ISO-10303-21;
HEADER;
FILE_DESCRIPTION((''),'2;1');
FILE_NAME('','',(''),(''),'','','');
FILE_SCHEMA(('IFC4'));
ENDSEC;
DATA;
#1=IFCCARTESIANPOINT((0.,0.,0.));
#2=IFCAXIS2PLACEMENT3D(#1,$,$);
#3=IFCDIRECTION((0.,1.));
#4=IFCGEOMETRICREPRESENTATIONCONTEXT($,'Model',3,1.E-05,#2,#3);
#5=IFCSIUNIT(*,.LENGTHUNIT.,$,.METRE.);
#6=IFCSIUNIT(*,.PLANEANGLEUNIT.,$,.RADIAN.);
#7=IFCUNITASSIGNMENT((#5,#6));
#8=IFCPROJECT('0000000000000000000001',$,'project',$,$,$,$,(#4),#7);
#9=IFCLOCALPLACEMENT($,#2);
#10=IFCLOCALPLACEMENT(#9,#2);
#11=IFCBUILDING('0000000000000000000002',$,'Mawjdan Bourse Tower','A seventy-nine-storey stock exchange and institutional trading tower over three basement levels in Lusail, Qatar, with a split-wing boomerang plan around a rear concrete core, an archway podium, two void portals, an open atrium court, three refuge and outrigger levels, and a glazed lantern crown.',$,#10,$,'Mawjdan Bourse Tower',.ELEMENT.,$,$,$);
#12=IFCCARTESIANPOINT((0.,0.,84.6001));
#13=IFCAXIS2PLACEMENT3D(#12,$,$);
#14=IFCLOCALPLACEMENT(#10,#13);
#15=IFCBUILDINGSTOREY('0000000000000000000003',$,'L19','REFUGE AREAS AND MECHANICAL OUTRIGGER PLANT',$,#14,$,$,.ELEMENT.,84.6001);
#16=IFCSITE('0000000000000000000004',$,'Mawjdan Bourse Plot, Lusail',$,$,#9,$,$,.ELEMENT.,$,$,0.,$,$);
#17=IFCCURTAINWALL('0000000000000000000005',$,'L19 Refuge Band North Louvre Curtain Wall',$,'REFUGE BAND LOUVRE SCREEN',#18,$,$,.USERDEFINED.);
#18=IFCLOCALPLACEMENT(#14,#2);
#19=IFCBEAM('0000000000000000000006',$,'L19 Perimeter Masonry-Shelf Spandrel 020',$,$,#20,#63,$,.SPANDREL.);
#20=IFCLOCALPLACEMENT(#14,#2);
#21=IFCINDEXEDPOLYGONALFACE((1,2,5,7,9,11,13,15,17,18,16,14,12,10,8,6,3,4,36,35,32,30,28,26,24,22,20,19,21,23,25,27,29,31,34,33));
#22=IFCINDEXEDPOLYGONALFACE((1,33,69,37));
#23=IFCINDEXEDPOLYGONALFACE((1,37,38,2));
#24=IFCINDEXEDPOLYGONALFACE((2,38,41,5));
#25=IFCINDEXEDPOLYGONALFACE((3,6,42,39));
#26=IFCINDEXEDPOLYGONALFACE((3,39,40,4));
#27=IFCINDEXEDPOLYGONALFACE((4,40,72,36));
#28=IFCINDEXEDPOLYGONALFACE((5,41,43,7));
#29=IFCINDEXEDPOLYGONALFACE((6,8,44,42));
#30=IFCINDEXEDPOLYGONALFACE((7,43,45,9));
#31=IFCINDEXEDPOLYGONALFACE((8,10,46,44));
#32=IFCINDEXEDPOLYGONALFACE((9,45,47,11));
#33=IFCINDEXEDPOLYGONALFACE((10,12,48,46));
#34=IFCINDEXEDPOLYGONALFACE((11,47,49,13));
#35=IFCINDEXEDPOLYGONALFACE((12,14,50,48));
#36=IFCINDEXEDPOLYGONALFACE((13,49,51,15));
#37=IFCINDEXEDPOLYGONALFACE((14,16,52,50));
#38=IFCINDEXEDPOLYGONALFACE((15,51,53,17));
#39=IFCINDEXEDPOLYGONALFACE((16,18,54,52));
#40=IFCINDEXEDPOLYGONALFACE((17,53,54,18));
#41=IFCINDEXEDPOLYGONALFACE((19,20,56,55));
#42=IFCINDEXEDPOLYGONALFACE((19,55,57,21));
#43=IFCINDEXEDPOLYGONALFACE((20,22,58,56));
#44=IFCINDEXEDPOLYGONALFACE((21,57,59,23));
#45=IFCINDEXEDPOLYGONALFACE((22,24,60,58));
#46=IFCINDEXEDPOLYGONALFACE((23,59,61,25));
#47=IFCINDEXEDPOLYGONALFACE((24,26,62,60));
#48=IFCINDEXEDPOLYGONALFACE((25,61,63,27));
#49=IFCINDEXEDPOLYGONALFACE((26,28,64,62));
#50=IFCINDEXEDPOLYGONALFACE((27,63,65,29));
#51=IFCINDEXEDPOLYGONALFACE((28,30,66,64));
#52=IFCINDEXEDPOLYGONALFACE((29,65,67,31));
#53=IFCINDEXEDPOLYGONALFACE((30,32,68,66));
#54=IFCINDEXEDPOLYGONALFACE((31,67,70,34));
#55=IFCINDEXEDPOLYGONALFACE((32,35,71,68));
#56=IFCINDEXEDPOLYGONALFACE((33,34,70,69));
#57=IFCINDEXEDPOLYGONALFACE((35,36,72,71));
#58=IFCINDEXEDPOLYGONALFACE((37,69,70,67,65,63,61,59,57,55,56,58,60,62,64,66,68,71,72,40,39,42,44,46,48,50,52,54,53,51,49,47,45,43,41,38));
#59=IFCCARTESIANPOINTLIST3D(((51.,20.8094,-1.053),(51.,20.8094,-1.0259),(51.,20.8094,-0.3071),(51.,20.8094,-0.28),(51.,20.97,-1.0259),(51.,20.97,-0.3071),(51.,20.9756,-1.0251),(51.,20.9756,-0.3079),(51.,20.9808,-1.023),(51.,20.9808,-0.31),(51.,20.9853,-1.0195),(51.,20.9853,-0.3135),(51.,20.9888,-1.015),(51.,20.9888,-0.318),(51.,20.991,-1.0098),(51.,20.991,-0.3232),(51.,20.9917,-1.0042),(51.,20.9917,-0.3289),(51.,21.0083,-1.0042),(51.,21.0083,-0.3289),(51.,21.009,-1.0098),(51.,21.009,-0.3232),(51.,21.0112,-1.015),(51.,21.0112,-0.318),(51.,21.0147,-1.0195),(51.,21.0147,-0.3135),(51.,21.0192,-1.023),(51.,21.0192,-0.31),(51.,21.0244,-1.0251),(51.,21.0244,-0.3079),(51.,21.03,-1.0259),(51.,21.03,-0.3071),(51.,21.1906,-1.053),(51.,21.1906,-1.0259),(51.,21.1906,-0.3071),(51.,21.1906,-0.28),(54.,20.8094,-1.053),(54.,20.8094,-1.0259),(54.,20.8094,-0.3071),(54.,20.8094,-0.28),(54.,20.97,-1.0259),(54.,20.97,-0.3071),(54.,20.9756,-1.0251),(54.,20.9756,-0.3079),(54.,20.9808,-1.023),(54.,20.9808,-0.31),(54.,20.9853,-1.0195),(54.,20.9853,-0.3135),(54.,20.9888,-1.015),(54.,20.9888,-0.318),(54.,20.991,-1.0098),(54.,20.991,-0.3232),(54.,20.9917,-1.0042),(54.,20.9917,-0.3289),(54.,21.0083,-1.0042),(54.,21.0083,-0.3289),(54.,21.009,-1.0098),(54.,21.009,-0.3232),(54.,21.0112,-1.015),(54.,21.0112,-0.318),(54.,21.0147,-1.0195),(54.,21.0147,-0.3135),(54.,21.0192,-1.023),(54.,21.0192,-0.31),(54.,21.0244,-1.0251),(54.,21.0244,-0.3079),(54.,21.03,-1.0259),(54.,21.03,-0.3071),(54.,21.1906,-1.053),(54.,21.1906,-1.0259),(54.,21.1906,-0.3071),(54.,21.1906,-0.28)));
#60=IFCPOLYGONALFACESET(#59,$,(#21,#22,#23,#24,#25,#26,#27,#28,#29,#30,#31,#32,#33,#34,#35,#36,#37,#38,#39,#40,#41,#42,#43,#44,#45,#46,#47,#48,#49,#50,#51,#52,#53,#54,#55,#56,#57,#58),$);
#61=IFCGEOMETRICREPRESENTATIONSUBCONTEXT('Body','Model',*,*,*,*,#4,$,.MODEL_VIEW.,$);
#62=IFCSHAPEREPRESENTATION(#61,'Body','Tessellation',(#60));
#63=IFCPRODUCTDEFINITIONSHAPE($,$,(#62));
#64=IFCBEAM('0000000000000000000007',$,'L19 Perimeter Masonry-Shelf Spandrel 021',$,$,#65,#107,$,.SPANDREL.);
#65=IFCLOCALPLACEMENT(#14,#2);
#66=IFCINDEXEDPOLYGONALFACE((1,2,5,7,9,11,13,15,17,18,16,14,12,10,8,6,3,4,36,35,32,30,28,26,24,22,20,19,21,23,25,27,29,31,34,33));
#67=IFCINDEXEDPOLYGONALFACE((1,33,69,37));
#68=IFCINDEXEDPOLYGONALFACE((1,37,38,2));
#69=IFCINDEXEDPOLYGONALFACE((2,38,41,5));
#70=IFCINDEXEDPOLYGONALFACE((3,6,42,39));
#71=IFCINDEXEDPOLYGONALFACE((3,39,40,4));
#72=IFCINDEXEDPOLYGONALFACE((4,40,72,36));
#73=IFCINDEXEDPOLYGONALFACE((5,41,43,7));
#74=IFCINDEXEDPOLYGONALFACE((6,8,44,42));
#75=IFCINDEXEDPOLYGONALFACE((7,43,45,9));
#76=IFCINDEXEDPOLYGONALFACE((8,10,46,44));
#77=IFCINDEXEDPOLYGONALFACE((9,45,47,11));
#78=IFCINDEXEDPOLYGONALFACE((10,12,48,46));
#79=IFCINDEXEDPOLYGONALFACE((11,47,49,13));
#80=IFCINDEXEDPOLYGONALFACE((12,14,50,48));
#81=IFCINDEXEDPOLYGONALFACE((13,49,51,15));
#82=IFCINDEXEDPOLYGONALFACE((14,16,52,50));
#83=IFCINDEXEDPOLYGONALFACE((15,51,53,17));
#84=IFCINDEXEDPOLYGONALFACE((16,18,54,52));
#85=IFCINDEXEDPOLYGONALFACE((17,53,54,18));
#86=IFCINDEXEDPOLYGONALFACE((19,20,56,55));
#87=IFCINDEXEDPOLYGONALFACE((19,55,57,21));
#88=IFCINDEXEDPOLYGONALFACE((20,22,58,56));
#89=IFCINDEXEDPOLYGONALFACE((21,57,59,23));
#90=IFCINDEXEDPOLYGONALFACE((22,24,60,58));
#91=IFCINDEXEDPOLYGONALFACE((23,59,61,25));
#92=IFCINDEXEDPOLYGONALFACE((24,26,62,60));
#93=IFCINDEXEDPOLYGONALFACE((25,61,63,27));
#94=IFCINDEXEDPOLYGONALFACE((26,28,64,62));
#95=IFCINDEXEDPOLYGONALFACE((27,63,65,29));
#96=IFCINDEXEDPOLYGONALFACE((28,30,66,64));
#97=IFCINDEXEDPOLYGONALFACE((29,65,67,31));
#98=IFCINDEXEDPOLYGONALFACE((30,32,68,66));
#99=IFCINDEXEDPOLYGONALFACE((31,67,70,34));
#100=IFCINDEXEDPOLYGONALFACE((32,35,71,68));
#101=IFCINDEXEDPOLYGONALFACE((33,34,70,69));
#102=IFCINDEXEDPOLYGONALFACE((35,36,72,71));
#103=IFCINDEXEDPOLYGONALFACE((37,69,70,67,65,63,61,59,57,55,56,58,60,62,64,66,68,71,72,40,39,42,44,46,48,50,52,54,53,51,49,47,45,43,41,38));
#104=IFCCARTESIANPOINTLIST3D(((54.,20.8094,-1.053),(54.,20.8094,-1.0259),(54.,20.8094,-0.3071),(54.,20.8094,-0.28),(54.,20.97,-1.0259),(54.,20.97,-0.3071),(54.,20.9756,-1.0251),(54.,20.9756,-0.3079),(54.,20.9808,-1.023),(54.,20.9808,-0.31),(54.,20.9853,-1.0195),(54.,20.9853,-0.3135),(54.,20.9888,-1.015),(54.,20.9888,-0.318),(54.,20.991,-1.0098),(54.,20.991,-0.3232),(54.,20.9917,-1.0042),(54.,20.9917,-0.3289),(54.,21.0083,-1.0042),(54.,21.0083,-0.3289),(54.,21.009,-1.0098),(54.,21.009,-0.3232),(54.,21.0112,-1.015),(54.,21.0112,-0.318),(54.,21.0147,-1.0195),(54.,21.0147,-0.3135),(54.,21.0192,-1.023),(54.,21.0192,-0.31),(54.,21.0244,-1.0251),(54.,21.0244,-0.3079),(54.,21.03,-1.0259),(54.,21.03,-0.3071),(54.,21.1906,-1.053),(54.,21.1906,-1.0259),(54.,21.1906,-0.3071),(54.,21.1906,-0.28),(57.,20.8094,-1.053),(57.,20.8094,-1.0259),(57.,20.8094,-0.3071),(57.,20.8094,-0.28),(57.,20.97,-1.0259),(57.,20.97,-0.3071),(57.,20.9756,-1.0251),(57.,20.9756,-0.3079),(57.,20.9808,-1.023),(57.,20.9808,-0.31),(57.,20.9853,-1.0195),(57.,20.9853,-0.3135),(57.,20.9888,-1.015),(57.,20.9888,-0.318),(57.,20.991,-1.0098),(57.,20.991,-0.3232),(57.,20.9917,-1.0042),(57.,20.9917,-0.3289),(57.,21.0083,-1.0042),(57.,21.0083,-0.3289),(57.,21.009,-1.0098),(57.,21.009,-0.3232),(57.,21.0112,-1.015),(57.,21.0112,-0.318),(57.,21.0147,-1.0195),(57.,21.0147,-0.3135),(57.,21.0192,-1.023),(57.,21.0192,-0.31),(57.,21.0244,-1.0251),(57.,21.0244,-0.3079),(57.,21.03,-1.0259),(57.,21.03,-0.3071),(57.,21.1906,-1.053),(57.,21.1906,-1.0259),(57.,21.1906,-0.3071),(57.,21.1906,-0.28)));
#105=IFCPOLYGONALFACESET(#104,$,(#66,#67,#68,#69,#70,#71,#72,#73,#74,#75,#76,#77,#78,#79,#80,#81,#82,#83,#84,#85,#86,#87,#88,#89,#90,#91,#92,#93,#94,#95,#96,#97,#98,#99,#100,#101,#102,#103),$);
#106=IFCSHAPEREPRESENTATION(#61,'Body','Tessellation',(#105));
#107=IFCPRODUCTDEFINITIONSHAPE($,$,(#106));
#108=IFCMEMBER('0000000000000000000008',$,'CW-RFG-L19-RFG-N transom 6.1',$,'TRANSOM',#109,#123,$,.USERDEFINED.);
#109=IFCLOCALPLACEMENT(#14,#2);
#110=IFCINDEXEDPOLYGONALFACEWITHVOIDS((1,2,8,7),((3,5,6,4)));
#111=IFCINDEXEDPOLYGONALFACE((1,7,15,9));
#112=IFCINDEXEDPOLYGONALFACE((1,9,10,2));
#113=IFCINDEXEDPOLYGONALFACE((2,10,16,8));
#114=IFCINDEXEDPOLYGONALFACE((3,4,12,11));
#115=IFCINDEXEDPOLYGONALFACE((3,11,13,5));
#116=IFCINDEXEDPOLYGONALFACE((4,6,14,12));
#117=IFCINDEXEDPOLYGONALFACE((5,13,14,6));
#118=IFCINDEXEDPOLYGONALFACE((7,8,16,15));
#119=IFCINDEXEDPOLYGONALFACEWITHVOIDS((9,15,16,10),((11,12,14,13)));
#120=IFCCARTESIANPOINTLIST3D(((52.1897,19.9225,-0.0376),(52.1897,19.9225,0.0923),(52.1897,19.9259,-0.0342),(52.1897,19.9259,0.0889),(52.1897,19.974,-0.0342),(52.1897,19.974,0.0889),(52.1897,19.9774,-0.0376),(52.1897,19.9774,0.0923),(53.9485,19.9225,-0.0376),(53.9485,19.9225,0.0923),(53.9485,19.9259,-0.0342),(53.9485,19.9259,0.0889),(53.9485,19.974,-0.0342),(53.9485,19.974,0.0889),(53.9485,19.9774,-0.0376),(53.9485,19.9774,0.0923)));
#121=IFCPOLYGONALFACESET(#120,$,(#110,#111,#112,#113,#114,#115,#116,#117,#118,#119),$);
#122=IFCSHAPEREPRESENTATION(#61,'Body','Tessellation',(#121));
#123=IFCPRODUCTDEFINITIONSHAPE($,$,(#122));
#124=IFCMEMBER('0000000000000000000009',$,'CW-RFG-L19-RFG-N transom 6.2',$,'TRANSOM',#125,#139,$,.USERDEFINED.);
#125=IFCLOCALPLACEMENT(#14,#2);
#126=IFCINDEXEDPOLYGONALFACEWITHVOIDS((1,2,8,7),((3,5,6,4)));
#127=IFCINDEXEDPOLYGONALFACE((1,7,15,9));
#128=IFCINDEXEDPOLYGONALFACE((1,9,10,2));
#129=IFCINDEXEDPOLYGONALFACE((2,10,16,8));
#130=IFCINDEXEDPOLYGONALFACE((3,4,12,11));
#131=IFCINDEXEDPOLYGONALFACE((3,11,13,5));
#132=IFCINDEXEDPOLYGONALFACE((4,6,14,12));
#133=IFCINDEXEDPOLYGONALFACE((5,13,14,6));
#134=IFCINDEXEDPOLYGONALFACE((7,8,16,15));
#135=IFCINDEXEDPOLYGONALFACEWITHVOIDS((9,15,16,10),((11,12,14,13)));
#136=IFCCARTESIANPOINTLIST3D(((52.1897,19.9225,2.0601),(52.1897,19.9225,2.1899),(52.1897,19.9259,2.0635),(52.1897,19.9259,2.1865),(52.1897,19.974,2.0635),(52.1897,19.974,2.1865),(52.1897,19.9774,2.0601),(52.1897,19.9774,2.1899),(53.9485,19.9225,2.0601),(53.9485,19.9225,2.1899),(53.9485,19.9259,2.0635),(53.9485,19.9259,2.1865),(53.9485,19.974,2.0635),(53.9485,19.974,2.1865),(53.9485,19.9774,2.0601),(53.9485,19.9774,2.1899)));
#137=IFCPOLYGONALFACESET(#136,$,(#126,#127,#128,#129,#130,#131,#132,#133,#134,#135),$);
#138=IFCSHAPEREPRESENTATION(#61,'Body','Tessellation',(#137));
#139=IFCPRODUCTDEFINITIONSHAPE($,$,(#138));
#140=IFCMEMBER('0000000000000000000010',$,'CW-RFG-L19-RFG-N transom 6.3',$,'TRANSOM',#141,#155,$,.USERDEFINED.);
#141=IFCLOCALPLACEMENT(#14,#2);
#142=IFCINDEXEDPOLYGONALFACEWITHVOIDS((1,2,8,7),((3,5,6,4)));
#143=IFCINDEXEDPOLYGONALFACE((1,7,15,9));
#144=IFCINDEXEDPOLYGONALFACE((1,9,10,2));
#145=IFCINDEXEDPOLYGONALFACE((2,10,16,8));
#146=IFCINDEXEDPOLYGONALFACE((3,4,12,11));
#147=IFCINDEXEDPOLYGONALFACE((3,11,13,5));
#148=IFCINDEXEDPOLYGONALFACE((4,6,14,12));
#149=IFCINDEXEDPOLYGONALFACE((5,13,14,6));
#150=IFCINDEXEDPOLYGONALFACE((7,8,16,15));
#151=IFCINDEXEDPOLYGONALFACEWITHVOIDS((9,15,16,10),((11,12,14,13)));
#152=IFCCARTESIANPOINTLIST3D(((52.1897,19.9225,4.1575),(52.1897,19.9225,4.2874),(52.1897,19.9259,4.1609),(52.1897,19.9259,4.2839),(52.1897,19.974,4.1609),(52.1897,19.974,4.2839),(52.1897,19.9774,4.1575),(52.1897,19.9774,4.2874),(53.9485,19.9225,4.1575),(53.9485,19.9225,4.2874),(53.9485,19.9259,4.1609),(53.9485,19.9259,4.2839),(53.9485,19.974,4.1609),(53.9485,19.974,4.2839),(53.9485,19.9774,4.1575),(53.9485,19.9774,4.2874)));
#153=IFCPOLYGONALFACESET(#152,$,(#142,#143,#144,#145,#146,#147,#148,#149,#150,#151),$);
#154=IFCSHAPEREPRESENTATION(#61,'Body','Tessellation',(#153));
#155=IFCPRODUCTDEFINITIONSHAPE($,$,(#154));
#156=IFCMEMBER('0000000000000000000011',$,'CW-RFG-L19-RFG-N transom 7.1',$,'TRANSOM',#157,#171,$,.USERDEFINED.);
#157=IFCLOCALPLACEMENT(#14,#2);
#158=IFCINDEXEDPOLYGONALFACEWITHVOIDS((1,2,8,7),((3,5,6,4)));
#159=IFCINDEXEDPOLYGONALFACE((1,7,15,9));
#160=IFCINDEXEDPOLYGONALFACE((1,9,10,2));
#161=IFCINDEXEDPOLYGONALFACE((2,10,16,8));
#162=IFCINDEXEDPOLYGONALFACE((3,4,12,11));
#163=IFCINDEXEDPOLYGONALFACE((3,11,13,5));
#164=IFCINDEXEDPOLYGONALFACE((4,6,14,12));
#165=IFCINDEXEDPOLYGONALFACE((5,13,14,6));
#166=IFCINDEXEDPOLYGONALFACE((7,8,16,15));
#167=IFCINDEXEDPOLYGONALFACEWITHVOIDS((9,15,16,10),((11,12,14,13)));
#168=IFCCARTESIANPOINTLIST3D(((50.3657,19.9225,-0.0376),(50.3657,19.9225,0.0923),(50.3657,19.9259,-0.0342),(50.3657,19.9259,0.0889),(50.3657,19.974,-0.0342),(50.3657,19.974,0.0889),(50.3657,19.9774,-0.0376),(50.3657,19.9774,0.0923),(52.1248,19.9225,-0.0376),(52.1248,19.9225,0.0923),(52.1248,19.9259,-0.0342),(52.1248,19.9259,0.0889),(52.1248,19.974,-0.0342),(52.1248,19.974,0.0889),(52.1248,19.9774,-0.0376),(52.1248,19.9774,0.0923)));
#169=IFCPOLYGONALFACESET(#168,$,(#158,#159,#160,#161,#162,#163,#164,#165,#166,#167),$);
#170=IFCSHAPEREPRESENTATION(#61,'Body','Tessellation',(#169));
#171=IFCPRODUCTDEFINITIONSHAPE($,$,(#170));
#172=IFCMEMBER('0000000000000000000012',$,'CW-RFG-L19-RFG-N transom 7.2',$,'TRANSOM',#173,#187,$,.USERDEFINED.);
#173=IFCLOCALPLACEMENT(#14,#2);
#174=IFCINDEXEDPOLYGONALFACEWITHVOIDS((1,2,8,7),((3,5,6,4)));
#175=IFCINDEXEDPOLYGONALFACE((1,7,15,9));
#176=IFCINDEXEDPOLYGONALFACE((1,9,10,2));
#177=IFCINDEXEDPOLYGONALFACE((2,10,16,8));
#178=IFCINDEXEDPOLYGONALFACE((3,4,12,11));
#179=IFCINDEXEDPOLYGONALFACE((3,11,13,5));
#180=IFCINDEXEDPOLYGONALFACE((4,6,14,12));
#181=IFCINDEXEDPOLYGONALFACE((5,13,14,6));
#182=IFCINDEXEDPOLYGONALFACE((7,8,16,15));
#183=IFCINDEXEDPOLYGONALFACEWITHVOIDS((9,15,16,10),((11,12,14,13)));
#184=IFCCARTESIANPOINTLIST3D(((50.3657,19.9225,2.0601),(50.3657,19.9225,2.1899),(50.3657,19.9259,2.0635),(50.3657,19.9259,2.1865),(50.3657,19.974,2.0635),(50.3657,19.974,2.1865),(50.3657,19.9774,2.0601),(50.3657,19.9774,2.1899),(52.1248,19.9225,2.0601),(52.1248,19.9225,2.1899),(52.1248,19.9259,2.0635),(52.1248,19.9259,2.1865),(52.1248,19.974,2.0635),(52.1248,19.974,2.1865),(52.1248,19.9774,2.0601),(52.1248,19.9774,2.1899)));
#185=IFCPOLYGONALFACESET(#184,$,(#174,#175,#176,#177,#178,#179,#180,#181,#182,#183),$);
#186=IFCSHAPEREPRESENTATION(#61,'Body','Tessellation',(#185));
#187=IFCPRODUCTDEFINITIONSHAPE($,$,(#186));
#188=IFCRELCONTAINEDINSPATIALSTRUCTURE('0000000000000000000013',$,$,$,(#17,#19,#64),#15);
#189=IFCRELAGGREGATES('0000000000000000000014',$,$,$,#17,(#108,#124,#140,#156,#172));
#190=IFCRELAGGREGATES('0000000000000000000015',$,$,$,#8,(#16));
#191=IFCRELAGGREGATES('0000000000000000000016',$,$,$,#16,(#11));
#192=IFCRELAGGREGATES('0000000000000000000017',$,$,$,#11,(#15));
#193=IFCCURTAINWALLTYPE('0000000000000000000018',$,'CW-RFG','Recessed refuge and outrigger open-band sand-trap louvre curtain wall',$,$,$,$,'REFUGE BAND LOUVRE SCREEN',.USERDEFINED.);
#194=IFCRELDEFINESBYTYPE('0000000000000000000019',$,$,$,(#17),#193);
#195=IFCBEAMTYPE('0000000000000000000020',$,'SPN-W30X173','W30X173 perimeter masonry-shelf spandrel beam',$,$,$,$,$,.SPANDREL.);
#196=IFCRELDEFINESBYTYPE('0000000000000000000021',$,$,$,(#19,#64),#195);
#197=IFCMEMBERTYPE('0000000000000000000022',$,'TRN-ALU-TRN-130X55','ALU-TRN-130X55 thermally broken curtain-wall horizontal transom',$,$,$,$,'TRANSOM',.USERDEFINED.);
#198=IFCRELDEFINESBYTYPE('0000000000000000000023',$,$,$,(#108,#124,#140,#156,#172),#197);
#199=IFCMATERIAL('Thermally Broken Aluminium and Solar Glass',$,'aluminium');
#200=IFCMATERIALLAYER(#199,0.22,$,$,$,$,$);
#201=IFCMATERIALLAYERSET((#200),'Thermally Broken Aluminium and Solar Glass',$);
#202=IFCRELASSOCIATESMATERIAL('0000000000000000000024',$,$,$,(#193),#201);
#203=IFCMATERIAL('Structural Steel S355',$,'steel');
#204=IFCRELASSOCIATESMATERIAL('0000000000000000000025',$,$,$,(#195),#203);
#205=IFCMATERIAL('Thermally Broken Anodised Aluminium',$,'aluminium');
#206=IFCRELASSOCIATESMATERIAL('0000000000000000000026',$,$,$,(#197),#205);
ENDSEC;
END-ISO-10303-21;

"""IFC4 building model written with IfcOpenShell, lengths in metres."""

from ifc_helpers import new_model, si_unit, direction, frame, origin, origin_2d, place, context, subcontext, project, spatial, hollow_rectangle, i_section, extrude, material, layer, layer_set, material_profile, profile_set, type_object, element, aggregate, save


model = new_model("IFC4")

# Units and contexts
model_context = context("Model", 3, precision=1e-05, world=origin(), true_north=direction((0.0, 1.0)))
body_context = subcontext(model_context, "Body", "Model", "MODEL_VIEW")
ifc_project = project(units=[si_unit("LENGTHUNIT", "METRE"), si_unit("PLANEANGLEUNIT", "RADIAN")], contexts=[model_context])

# Site, building, storey
site_placement = place(None, origin())
site = spatial("IfcSite", under=ifc_project, at=site_placement, Name="Mawjdan Bourse Plot, Lusail", CompositionType="ELEMENT", RefElevation=0.0)
building_placement = place(site_placement, origin())
building = spatial("IfcBuilding", under=site, at=building_placement, Name="Mawjdan Bourse Tower", Description="A seventy-nine-storey stock exchange and institutional trading tower over three basement levels in Lusail, Qatar, with a split-wing boomerang plan around a rear concrete core, an archway podium, two void portals, an open atrium court, three refuge and outrigger levels, and a glazed lantern crown.", LongName="Mawjdan Bourse Tower", CompositionType="ELEMENT")
storey_placement = place(building_placement, frame((0.0, 0.0, 84.6001)))
storey = spatial("IfcBuildingStorey", under=building, at=storey_placement, Name="L19", Description="REFUGE AREAS AND MECHANICAL OUTRIGGER PLANT", CompositionType="ELEMENT", Elevation=84.6001)

# Shared definitions
ifc_material_1 = material(Name="Structural Steel S355", Category="steel")

# Curtain wall
ifc_material_2 = material(Name="Thermally Broken Aluminium and Solar Glass", Category="aluminium")
ifc_layer_1 = layer(ifc_material_2, 0.22)
ifc_layer_set_1 = layer_set([ifc_layer_1], Name="Thermally Broken Aluminium and Solar Glass")
curtain_wall_type = type_object("IfcCurtainWallType", Name="CW-RFG", Description="Recessed refuge and outrigger open-band sand-trap louvre curtain wall", ElementType="REFUGE BAND LOUVRE SCREEN", PredefinedType="USERDEFINED", material=ifc_layer_set_1)
curtain_wall_placement = place(storey_placement, origin())
curtain_wall = element("IfcCurtainWall", 1, at=curtain_wall_placement, inside=storey, type_object=curtain_wall_type, Name="L19 Refuge Band North Louvre Curtain Wall", ObjectType="REFUGE BAND LOUVRE SCREEN", PredefinedType="USERDEFINED")
ifc_material_3 = material(Name="Thermally Broken Anodised Aluminium", Category="aluminium")

# Beams
ifc_material_profile_1 = material_profile(ifc_material_1, i_section(OverallWidth=0.3811, OverallDepth=0.7729, WebThickness=0.0166, FlangeThickness=0.0271, FilletRadius=0.0217, at=origin_2d()), Name="W30X173")
ifc_profile_set_1 = profile_set([ifc_material_profile_1], Name="Structural Steel S355")
beam_type_1 = type_object("IfcBeamType", Name="SPN-W30X173", Description="W30X173 perimeter masonry-shelf spandrel beam", PredefinedType="SPANDREL", material=ifc_profile_set_1)
for number, where, z_axis, x_axis, name in (
    (2, (51.0, 21.0, -0.6665), (1.0, 0.0, 0.0), (0.0, 1.0, 0.0), "L19 Perimeter Masonry-Shelf Spandrel 020"),
    (3, (54.0, 21.0, -0.6665), (1.0, 0.0, 0.0), (0.0, 1.0, 0.0), "L19 Perimeter Masonry-Shelf Spandrel 021"),
):
    element("IfcBeam", number, at=place(storey_placement, frame(where, z_axis=z_axis, x_axis=x_axis)), inside=storey, type_object=beam_type_1, Name=name, PredefinedType="SPANDREL", context=body_context, shape_type="SweptSolid", body=[
        extrude(i_section(OverallWidth=0.3811, OverallDepth=0.7729, WebThickness=0.0166, FlangeThickness=0.0271, FilletRadius=0.0217, at=origin_2d()), origin(), (0.0, 0.0, 1.0), 3.0),
    ])

# Members
ifc_material_profile_2 = material_profile(ifc_material_3, hollow_rectangle(XDim=0.0549, YDim=0.1299, WallThickness=0.0034, at=origin_2d()), Name="ALU-TRN-130X55")
ifc_profile_set_2 = profile_set([ifc_material_profile_2], Name="Thermally Broken Anodised Aluminium")
member_type_1 = type_object("IfcMemberType", Name="TRN-ALU-TRN-130X55", Description="ALU-TRN-130X55 thermally broken curtain-wall horizontal transom", ElementType="TRANSOM", PredefinedType="USERDEFINED", material=ifc_profile_set_2)
member_1_placement = place(storey_placement, frame((53.9485, 19.95, 0.0273), z_axis=(-1.0, 0.0, 0.0), x_axis=(0.0, -1.0, 0.0)))
member_1 = element("IfcMember", 4, at=member_1_placement, type_object=member_type_1, Name="CW-RFG-L19-RFG-N transom 6.1", ObjectType="TRANSOM", PredefinedType="USERDEFINED", context=body_context, shape_type="SweptSolid", body=[
    extrude(hollow_rectangle(XDim=0.0549, YDim=0.1299, WallThickness=0.0034, at=origin_2d()), origin(), (0.0, 0.0, 1.0), 1.7588),
])
member_2_placement = place(storey_placement, frame((53.9485, 19.95, 2.125), z_axis=(-1.0, 0.0, 0.0), x_axis=(0.0, -1.0, 0.0)))
member_2 = element("IfcMember", 5, at=member_2_placement, type_object=member_type_1, Name="CW-RFG-L19-RFG-N transom 6.2", ObjectType="TRANSOM", PredefinedType="USERDEFINED", context=body_context, shape_type="SweptSolid", body=[
    extrude(hollow_rectangle(XDim=0.0549, YDim=0.1299, WallThickness=0.0034, at=origin_2d()), origin(), (0.0, 0.0, 1.0), 1.7588),
])
member_3_placement = place(storey_placement, frame((53.9485, 19.95, 4.2224), z_axis=(-1.0, 0.0, 0.0), x_axis=(0.0, -1.0, 0.0)))
member_3 = element("IfcMember", 6, at=member_3_placement, type_object=member_type_1, Name="CW-RFG-L19-RFG-N transom 6.3", ObjectType="TRANSOM", PredefinedType="USERDEFINED", context=body_context, shape_type="SweptSolid", body=[
    extrude(hollow_rectangle(XDim=0.0549, YDim=0.1299, WallThickness=0.0034, at=origin_2d()), origin(), (0.0, 0.0, 1.0), 1.7588),
])
member_4_placement = place(storey_placement, frame((52.1248, 19.95, 0.0273), z_axis=(-1.0, 0.0, 0.0), x_axis=(0.0, -1.0, 0.0)))
member_4 = element("IfcMember", 7, at=member_4_placement, type_object=member_type_1, Name="CW-RFG-L19-RFG-N transom 7.1", ObjectType="TRANSOM", PredefinedType="USERDEFINED", context=body_context, shape_type="SweptSolid", body=[
    extrude(hollow_rectangle(XDim=0.0549, YDim=0.1299, WallThickness=0.0034, at=origin_2d()), origin(), (0.0, 0.0, 1.0), 1.759),
])
member_5_placement = place(storey_placement, frame((52.1248, 19.95, 2.125), z_axis=(-1.0, 0.0, 0.0), x_axis=(0.0, -1.0, 0.0)))
member_5 = element("IfcMember", 8, at=member_5_placement, type_object=member_type_1, Name="CW-RFG-L19-RFG-N transom 7.2", ObjectType="TRANSOM", PredefinedType="USERDEFINED", context=body_context, shape_type="SweptSolid", body=[
    extrude(hollow_rectangle(XDim=0.0549, YDim=0.1299, WallThickness=0.0034, at=origin_2d()), origin(), (0.0, 0.0, 1.0), 1.759),
])

aggregate(curtain_wall, [member_1, member_2, member_3, member_4, member_5])

save(model, "model.ifc")
